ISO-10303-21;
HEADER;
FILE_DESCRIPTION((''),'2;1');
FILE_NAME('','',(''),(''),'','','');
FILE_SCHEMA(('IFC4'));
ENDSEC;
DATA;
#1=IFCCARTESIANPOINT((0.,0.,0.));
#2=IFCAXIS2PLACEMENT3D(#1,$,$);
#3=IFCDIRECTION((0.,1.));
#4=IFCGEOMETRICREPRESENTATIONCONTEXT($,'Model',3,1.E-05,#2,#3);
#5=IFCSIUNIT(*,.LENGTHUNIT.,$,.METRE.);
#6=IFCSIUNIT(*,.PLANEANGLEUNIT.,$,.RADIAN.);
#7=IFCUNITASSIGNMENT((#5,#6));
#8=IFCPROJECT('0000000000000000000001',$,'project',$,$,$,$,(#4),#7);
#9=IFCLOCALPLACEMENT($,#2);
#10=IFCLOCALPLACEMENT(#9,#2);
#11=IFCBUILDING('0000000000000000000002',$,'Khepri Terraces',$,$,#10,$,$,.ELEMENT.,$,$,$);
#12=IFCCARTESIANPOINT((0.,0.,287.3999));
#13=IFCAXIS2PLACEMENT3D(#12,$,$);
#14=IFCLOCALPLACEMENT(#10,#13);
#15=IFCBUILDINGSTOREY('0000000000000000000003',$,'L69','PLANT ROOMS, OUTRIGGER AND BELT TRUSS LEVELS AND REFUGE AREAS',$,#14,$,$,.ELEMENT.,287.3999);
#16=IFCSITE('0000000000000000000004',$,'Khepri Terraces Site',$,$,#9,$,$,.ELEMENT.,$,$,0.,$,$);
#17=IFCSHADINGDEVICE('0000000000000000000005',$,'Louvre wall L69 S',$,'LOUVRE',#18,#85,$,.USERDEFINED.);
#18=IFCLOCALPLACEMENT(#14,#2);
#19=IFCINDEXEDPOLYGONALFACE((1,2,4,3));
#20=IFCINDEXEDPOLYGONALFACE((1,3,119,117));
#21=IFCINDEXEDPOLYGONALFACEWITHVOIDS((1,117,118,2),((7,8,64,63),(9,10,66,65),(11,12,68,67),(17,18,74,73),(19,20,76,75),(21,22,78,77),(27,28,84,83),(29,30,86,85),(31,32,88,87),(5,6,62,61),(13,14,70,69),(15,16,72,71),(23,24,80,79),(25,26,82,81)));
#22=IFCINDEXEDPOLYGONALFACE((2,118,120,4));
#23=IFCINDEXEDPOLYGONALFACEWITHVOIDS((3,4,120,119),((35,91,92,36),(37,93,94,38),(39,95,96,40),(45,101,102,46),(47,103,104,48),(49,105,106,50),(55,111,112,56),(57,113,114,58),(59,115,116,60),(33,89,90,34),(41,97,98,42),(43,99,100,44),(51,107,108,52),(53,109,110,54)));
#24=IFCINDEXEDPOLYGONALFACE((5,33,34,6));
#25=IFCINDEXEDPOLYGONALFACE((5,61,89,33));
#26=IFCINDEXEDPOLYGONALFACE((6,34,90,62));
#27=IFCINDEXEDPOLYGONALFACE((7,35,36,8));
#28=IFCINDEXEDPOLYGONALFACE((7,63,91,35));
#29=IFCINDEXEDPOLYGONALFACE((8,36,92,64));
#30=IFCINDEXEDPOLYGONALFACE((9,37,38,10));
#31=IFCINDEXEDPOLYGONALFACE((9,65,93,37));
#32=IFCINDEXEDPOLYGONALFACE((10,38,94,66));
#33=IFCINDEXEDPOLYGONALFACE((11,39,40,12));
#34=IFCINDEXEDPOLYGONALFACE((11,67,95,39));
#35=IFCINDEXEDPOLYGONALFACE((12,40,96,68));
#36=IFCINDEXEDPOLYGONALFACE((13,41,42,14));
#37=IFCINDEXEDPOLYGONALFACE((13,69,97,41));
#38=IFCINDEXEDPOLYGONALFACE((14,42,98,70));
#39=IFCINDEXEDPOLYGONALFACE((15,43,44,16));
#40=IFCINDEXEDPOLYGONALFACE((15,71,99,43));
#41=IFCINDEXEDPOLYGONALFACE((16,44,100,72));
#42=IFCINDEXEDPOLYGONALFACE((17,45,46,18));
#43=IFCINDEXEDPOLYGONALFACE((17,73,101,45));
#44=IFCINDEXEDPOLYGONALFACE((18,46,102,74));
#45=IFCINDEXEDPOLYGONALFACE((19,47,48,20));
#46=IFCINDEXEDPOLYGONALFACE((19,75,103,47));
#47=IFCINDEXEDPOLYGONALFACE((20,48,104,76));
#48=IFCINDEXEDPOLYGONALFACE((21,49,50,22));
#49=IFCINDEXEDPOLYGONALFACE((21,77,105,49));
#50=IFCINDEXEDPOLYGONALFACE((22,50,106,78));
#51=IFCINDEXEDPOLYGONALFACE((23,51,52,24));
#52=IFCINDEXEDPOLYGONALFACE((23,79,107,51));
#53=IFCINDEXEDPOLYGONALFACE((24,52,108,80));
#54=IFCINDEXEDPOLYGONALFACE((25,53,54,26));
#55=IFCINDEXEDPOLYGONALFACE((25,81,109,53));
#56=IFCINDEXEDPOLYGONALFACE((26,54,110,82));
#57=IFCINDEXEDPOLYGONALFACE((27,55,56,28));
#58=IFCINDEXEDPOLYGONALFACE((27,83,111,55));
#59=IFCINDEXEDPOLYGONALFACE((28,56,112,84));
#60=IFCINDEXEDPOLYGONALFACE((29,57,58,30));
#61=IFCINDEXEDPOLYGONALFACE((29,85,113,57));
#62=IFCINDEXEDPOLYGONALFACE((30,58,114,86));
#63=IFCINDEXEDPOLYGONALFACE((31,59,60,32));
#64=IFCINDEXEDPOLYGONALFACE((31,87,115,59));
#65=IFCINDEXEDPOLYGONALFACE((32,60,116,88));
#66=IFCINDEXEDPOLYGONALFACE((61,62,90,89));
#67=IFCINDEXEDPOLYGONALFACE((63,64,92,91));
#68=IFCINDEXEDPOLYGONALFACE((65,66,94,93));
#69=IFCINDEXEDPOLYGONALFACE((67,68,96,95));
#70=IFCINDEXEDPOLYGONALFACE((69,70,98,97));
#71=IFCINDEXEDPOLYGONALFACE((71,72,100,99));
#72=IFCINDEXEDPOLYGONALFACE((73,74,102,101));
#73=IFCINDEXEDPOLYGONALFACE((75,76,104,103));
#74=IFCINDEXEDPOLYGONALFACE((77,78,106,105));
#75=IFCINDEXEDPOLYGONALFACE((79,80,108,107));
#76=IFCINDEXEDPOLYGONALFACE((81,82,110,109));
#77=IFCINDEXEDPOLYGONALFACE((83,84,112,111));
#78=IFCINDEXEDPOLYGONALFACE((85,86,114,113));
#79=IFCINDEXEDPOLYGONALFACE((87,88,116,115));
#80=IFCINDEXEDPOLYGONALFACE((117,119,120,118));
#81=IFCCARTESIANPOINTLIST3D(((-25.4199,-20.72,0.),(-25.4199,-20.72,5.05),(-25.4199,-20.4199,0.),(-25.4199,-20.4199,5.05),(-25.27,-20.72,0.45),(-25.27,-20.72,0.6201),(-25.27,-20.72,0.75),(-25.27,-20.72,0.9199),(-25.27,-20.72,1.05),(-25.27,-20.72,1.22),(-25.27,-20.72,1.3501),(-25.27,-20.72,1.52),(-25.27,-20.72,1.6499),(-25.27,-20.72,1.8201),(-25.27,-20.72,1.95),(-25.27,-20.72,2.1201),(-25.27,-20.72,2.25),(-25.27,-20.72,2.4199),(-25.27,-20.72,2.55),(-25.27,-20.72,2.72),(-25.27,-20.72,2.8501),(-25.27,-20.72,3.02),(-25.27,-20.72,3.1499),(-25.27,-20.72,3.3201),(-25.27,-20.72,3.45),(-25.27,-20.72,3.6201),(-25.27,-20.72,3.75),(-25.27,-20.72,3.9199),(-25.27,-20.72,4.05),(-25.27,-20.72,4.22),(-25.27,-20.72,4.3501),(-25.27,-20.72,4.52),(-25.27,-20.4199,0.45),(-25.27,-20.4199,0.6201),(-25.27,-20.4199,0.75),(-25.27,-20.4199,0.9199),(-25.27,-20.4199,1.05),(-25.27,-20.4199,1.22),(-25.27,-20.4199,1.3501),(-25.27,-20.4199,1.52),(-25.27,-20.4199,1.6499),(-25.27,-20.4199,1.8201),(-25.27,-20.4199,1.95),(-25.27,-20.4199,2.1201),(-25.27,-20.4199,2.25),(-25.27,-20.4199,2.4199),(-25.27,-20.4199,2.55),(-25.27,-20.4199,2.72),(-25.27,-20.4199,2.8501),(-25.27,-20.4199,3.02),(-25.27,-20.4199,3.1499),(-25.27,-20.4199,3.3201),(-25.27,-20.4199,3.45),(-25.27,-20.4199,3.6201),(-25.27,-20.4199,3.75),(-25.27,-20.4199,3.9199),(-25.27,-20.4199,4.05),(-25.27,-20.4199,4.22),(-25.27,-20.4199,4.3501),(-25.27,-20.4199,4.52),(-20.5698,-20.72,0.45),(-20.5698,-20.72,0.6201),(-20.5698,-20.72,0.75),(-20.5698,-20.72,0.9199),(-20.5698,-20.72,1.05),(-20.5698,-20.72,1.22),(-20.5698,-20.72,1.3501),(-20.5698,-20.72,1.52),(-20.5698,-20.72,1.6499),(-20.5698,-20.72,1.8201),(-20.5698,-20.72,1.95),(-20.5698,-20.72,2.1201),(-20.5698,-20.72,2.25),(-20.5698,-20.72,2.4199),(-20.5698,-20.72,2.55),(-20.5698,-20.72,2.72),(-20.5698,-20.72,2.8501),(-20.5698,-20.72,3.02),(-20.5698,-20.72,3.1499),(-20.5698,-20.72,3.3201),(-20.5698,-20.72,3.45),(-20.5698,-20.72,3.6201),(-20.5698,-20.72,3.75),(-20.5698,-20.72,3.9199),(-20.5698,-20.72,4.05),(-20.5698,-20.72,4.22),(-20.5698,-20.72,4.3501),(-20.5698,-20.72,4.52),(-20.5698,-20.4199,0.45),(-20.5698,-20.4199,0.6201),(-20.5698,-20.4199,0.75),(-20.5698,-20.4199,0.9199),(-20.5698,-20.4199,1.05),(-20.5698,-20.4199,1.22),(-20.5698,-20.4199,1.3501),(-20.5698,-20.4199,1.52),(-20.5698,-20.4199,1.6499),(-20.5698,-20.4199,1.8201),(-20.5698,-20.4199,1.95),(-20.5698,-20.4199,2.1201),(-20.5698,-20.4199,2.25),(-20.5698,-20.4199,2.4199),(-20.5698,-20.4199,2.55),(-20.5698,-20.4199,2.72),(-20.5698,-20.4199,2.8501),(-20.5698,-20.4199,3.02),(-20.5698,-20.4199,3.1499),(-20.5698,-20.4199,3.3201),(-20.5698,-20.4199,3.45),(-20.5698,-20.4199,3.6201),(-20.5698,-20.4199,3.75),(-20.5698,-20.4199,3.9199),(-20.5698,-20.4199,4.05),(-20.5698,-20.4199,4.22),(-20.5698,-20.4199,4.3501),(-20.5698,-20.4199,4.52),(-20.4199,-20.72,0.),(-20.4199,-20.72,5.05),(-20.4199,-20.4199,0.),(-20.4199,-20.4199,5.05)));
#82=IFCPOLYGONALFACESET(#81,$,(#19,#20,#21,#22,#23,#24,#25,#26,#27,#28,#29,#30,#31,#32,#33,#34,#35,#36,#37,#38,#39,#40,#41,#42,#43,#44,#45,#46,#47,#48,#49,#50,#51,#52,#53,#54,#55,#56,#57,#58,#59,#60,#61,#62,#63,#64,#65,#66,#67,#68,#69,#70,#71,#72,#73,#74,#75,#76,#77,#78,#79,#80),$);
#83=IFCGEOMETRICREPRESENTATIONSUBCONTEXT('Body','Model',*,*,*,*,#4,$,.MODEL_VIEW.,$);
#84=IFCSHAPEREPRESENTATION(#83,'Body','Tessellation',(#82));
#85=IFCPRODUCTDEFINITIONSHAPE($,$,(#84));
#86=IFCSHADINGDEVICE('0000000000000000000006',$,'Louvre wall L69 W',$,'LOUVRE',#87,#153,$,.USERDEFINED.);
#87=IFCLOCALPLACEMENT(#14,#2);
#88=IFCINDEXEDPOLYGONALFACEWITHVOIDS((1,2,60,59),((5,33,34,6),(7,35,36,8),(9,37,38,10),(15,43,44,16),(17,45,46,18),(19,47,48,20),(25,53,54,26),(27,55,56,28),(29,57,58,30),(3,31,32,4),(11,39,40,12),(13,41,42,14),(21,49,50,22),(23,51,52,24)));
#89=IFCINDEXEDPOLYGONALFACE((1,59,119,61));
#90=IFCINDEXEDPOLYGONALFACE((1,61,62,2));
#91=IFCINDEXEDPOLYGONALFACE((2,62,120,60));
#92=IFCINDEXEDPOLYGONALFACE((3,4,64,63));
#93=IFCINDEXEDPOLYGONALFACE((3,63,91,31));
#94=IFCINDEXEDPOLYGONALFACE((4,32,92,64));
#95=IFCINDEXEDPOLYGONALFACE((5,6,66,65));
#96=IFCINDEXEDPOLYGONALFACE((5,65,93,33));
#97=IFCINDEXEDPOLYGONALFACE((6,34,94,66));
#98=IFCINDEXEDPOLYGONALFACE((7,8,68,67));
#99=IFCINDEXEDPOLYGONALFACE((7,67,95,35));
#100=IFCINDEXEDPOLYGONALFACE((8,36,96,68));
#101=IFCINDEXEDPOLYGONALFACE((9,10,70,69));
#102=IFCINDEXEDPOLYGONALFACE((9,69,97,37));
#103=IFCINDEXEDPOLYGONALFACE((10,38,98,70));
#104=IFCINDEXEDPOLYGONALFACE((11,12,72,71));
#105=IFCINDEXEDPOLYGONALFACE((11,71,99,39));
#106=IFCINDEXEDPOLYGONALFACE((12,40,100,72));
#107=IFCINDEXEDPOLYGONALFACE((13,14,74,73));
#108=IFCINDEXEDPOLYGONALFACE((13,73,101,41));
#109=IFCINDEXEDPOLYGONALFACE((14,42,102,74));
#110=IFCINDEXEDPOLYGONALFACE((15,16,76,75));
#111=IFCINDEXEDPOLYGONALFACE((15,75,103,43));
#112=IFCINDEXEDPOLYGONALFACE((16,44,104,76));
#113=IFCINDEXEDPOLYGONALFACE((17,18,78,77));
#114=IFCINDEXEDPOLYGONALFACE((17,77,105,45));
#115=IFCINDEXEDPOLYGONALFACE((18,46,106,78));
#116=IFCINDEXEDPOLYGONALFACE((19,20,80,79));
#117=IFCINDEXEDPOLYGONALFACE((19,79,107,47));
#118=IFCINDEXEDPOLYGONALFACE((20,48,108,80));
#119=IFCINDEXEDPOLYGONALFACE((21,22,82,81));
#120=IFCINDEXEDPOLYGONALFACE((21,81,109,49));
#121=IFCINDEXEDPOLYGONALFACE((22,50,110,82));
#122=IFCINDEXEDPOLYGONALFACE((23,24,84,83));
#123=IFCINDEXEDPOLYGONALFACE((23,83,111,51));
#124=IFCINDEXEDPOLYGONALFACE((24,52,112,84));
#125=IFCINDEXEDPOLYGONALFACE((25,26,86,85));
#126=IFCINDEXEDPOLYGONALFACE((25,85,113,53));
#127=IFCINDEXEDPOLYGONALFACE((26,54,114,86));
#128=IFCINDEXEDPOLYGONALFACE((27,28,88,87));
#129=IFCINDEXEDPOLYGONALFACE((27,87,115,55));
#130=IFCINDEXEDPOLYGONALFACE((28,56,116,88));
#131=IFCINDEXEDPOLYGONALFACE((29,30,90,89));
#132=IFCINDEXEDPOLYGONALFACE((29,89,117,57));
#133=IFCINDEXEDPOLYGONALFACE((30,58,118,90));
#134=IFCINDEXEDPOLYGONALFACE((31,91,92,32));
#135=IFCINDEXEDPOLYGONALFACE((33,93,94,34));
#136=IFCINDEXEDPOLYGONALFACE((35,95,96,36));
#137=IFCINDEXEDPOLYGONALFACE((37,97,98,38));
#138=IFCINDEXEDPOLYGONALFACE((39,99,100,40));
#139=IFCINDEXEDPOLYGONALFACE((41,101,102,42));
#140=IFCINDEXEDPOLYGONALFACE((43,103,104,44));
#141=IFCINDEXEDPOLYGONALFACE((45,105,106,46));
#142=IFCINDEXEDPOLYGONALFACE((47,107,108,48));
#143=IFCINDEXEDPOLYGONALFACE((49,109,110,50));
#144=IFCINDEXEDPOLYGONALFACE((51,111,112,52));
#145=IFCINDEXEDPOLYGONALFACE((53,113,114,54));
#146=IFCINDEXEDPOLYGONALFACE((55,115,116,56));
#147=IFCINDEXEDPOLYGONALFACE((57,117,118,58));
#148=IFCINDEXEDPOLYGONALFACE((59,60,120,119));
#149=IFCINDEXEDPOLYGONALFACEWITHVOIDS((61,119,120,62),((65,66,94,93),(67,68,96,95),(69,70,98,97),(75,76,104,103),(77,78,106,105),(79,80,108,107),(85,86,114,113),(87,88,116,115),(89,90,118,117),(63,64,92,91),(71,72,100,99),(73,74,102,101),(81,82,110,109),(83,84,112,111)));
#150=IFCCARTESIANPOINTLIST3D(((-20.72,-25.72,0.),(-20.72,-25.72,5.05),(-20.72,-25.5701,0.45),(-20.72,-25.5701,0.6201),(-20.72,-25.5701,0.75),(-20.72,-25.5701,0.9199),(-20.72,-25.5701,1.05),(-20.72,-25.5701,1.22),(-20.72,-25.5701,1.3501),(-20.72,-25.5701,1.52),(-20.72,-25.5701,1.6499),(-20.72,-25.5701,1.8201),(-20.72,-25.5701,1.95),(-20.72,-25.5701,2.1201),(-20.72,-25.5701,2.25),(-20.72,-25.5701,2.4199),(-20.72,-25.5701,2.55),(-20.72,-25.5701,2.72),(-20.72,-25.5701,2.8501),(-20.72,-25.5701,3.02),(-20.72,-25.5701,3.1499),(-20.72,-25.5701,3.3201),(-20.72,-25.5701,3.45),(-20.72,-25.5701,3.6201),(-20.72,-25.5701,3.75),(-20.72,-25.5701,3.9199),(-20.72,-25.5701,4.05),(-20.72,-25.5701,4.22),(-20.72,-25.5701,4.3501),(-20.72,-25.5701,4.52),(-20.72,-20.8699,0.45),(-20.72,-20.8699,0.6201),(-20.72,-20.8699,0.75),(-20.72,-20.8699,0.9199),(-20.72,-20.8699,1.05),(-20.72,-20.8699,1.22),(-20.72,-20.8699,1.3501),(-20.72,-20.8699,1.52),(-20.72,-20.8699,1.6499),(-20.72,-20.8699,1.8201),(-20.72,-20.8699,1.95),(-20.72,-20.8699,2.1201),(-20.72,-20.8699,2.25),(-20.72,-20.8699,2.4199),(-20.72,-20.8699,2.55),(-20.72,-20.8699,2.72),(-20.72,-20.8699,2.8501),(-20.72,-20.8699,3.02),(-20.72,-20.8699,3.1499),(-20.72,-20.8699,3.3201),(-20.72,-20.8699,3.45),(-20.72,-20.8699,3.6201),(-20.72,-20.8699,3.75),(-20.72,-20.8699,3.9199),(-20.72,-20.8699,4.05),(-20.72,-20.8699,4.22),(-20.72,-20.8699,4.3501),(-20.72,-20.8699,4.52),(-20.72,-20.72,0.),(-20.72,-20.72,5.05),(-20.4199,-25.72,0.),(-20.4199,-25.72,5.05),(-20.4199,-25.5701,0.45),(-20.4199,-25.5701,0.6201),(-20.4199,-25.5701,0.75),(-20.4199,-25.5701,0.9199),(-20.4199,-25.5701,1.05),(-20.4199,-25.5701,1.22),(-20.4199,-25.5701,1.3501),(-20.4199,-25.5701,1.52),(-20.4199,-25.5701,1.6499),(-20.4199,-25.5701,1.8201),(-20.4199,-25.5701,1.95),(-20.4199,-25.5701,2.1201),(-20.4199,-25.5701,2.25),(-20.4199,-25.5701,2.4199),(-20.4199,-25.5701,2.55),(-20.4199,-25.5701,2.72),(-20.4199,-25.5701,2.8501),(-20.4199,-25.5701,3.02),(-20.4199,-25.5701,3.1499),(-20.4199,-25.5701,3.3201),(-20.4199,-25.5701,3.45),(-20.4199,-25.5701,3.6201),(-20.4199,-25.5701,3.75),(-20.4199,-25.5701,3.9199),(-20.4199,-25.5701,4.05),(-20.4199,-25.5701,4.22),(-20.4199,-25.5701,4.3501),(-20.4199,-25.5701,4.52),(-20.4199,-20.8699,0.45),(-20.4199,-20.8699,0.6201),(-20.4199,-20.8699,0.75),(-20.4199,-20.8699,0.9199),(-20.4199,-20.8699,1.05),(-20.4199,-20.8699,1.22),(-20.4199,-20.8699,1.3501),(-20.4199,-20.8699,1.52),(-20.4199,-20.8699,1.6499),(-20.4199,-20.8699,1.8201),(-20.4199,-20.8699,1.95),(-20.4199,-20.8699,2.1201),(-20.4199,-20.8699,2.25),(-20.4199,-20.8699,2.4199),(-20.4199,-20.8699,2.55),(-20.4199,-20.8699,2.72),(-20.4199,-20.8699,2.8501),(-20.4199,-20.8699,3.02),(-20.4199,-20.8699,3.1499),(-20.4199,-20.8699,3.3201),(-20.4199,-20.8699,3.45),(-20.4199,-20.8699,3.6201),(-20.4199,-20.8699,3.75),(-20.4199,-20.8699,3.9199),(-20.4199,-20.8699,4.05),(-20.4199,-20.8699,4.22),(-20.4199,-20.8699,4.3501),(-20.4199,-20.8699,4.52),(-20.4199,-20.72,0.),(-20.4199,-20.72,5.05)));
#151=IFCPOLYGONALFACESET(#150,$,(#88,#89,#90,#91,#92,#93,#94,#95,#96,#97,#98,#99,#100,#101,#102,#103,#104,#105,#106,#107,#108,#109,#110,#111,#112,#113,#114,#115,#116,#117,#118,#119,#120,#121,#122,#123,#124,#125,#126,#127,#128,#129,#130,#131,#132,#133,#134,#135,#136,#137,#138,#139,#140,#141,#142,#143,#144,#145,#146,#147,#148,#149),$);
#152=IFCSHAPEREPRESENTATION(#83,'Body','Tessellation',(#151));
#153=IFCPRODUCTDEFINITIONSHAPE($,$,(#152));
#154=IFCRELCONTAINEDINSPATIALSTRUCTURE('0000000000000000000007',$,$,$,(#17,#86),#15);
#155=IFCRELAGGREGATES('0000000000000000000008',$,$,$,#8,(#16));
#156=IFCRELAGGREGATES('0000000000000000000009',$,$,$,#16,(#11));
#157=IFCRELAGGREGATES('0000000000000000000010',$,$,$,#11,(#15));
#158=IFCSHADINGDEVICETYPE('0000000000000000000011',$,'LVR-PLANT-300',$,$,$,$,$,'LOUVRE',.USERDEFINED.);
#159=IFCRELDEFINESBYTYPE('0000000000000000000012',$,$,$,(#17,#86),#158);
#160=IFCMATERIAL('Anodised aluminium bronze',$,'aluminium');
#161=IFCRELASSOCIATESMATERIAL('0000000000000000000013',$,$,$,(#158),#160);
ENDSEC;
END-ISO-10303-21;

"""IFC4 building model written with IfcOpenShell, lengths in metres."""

from ifc_helpers import new_model, si_unit, direction, frame, origin, place, context, subcontext, project, spatial, polyline, outline, extrude, material, type_object, element, save


model = new_model("IFC4")

# Units and contexts
model_context = context("Model", 3, precision=1e-05, world=origin(), true_north=direction((0.0, 1.0)))
body_context = subcontext(model_context, "Body", "Model", "MODEL_VIEW")
ifc_project = project(units=[si_unit("LENGTHUNIT", "METRE"), si_unit("PLANEANGLEUNIT", "RADIAN")], contexts=[model_context])

# Site, building, storey
site_placement = place(None, origin())
site = spatial("IfcSite", under=ifc_project, at=site_placement, Name="Khepri Terraces Site", CompositionType="ELEMENT", RefElevation=0.0)
building_placement = place(site_placement, origin())
building = spatial("IfcBuilding", under=site, at=building_placement, Name="Khepri Terraces", CompositionType="ELEMENT")
storey_placement = place(building_placement, frame((0.0, 0.0, 287.3999)))
storey = spatial("IfcBuildingStorey", under=building, at=storey_placement, Name="L69", Description="PLANT ROOMS, OUTRIGGER AND BELT TRUSS LEVELS AND REFUGE AREAS", CompositionType="ELEMENT", Elevation=287.3999)

# Shading devices
ifc_material_1 = material(Name="Anodised aluminium bronze", Category="aluminium")
shading_device_type = type_object("IfcShadingDeviceType", Name="LVR-PLANT-300", ElementType="LOUVRE", PredefinedType="USERDEFINED", material=ifc_material_1)
shading_device_1_placement = place(storey_placement, frame((-25.4199, -20.4199, 0.0), z_axis=(0.0, -1.0, 0.0), x_axis=(1.0, 0.0, 0.0)))
element("IfcShadingDevice", 1, at=shading_device_1_placement, inside=storey, type_object=shading_device_type, Name="Louvre wall L69 S", ObjectType="LOUVRE", PredefinedType="USERDEFINED", context=body_context, shape_type="SweptSolid", body=[
    extrude(outline(polyline([(0.0, 0.0), (5.0, 0.0), (5.0, 5.05), (0.0, 5.05), (0.0, 0.0)]), holes=[polyline([(0.1499, 0.45), (4.8501, 0.45), (4.8501, 0.6201), (0.1499, 0.6201), (0.1499, 0.45)]), polyline([(0.1499, 0.75), (4.8501, 0.75), (4.8501, 0.9199), (0.1499, 0.9199), (0.1499, 0.75)]), polyline([(0.1499, 1.05), (4.8501, 1.05), (4.8501, 1.22), (0.1499, 1.22), (0.1499, 1.05)]), polyline([(0.1499, 1.3501), (4.8501, 1.3501), (4.8501, 1.52), (0.1499, 1.52), (0.1499, 1.3501)]), polyline([(0.1499, 1.6499), (4.8501, 1.6499), (4.8501, 1.8201), (0.1499, 1.8201), (0.1499, 1.6499)]), polyline([(0.1499, 1.95), (4.8501, 1.95), (4.8501, 2.1201), (0.1499, 2.1201), (0.1499, 1.95)]), polyline([(0.1499, 2.25), (4.8501, 2.25), (4.8501, 2.4199), (0.1499, 2.4199), (0.1499, 2.25)]), polyline([(0.1499, 2.55), (4.8501, 2.55), (4.8501, 2.72), (0.1499, 2.72), (0.1499, 2.55)]), polyline([(0.1499, 2.8501), (4.8501, 2.8501), (4.8501, 3.02), (0.1499, 3.02), (0.1499, 2.8501)]), polyline([(0.1499, 3.1499), (4.8501, 3.1499), (4.8501, 3.3201), (0.1499, 3.3201), (0.1499, 3.1499)]), polyline([(0.1499, 3.45), (4.8501, 3.45), (4.8501, 3.6201), (0.1499, 3.6201), (0.1499, 3.45)]), polyline([(0.1499, 3.75), (4.8501, 3.75), (4.8501, 3.9199), (0.1499, 3.9199), (0.1499, 3.75)]), polyline([(0.1499, 4.05), (4.8501, 4.05), (4.8501, 4.22), (0.1499, 4.22), (0.1499, 4.05)]), polyline([(0.1499, 4.3501), (4.8501, 4.3501), (4.8501, 4.52), (0.1499, 4.52), (0.1499, 4.3501)])]), origin(), (0.0, 0.0, 1.0), 0.3),
])
shading_device_2_placement = place(storey_placement, frame((-20.4199, -20.72, 0.0), z_axis=(-1.0, 0.0, 0.0), x_axis=(0.0, -1.0, 0.0)))
element("IfcShadingDevice", 2, at=shading_device_2_placement, inside=storey, type_object=shading_device_type, Name="Louvre wall L69 W", ObjectType="LOUVRE", PredefinedType="USERDEFINED", context=body_context, shape_type="SweptSolid", body=[
    extrude(outline(polyline([(0.0, 0.0), (5.0, 0.0), (5.0, 5.05), (0.0, 5.05), (0.0, 0.0)]), holes=[polyline([(0.1499, 0.45), (4.8501, 0.45), (4.8501, 0.6201), (0.1499, 0.6201), (0.1499, 0.45)]), polyline([(0.1499, 0.75), (4.8501, 0.75), (4.8501, 0.9199), (0.1499, 0.9199), (0.1499, 0.75)]), polyline([(0.1499, 1.05), (4.8501, 1.05), (4.8501, 1.22), (0.1499, 1.22), (0.1499, 1.05)]), polyline([(0.1499, 1.3501), (4.8501, 1.3501), (4.8501, 1.52), (0.1499, 1.52), (0.1499, 1.3501)]), polyline([(0.1499, 1.6499), (4.8501, 1.6499), (4.8501, 1.8201), (0.1499, 1.8201), (0.1499, 1.6499)]), polyline([(0.1499, 1.95), (4.8501, 1.95), (4.8501, 2.1201), (0.1499, 2.1201), (0.1499, 1.95)]), polyline([(0.1499, 2.25), (4.8501, 2.25), (4.8501, 2.4199), (0.1499, 2.4199), (0.1499, 2.25)]), polyline([(0.1499, 2.55), (4.8501, 2.55), (4.8501, 2.72), (0.1499, 2.72), (0.1499, 2.55)]), polyline([(0.1499, 2.8501), (4.8501, 2.8501), (4.8501, 3.02), (0.1499, 3.02), (0.1499, 2.8501)]), polyline([(0.1499, 3.1499), (4.8501, 3.1499), (4.8501, 3.3201), (0.1499, 3.3201), (0.1499, 3.1499)]), polyline([(0.1499, 3.45), (4.8501, 3.45), (4.8501, 3.6201), (0.1499, 3.6201), (0.1499, 3.45)]), polyline([(0.1499, 3.75), (4.8501, 3.75), (4.8501, 3.9199), (0.1499, 3.9199), (0.1499, 3.75)]), polyline([(0.1499, 4.05), (4.8501, 4.05), (4.8501, 4.22), (0.1499, 4.22), (0.1499, 4.05)]), polyline([(0.1499, 4.3501), (4.8501, 4.3501), (4.8501, 4.52), (0.1499, 4.52), (0.1499, 4.3501)])]), origin(), (0.0, 0.0, 1.0), 0.3),
])

save(model, "model.ifc")
